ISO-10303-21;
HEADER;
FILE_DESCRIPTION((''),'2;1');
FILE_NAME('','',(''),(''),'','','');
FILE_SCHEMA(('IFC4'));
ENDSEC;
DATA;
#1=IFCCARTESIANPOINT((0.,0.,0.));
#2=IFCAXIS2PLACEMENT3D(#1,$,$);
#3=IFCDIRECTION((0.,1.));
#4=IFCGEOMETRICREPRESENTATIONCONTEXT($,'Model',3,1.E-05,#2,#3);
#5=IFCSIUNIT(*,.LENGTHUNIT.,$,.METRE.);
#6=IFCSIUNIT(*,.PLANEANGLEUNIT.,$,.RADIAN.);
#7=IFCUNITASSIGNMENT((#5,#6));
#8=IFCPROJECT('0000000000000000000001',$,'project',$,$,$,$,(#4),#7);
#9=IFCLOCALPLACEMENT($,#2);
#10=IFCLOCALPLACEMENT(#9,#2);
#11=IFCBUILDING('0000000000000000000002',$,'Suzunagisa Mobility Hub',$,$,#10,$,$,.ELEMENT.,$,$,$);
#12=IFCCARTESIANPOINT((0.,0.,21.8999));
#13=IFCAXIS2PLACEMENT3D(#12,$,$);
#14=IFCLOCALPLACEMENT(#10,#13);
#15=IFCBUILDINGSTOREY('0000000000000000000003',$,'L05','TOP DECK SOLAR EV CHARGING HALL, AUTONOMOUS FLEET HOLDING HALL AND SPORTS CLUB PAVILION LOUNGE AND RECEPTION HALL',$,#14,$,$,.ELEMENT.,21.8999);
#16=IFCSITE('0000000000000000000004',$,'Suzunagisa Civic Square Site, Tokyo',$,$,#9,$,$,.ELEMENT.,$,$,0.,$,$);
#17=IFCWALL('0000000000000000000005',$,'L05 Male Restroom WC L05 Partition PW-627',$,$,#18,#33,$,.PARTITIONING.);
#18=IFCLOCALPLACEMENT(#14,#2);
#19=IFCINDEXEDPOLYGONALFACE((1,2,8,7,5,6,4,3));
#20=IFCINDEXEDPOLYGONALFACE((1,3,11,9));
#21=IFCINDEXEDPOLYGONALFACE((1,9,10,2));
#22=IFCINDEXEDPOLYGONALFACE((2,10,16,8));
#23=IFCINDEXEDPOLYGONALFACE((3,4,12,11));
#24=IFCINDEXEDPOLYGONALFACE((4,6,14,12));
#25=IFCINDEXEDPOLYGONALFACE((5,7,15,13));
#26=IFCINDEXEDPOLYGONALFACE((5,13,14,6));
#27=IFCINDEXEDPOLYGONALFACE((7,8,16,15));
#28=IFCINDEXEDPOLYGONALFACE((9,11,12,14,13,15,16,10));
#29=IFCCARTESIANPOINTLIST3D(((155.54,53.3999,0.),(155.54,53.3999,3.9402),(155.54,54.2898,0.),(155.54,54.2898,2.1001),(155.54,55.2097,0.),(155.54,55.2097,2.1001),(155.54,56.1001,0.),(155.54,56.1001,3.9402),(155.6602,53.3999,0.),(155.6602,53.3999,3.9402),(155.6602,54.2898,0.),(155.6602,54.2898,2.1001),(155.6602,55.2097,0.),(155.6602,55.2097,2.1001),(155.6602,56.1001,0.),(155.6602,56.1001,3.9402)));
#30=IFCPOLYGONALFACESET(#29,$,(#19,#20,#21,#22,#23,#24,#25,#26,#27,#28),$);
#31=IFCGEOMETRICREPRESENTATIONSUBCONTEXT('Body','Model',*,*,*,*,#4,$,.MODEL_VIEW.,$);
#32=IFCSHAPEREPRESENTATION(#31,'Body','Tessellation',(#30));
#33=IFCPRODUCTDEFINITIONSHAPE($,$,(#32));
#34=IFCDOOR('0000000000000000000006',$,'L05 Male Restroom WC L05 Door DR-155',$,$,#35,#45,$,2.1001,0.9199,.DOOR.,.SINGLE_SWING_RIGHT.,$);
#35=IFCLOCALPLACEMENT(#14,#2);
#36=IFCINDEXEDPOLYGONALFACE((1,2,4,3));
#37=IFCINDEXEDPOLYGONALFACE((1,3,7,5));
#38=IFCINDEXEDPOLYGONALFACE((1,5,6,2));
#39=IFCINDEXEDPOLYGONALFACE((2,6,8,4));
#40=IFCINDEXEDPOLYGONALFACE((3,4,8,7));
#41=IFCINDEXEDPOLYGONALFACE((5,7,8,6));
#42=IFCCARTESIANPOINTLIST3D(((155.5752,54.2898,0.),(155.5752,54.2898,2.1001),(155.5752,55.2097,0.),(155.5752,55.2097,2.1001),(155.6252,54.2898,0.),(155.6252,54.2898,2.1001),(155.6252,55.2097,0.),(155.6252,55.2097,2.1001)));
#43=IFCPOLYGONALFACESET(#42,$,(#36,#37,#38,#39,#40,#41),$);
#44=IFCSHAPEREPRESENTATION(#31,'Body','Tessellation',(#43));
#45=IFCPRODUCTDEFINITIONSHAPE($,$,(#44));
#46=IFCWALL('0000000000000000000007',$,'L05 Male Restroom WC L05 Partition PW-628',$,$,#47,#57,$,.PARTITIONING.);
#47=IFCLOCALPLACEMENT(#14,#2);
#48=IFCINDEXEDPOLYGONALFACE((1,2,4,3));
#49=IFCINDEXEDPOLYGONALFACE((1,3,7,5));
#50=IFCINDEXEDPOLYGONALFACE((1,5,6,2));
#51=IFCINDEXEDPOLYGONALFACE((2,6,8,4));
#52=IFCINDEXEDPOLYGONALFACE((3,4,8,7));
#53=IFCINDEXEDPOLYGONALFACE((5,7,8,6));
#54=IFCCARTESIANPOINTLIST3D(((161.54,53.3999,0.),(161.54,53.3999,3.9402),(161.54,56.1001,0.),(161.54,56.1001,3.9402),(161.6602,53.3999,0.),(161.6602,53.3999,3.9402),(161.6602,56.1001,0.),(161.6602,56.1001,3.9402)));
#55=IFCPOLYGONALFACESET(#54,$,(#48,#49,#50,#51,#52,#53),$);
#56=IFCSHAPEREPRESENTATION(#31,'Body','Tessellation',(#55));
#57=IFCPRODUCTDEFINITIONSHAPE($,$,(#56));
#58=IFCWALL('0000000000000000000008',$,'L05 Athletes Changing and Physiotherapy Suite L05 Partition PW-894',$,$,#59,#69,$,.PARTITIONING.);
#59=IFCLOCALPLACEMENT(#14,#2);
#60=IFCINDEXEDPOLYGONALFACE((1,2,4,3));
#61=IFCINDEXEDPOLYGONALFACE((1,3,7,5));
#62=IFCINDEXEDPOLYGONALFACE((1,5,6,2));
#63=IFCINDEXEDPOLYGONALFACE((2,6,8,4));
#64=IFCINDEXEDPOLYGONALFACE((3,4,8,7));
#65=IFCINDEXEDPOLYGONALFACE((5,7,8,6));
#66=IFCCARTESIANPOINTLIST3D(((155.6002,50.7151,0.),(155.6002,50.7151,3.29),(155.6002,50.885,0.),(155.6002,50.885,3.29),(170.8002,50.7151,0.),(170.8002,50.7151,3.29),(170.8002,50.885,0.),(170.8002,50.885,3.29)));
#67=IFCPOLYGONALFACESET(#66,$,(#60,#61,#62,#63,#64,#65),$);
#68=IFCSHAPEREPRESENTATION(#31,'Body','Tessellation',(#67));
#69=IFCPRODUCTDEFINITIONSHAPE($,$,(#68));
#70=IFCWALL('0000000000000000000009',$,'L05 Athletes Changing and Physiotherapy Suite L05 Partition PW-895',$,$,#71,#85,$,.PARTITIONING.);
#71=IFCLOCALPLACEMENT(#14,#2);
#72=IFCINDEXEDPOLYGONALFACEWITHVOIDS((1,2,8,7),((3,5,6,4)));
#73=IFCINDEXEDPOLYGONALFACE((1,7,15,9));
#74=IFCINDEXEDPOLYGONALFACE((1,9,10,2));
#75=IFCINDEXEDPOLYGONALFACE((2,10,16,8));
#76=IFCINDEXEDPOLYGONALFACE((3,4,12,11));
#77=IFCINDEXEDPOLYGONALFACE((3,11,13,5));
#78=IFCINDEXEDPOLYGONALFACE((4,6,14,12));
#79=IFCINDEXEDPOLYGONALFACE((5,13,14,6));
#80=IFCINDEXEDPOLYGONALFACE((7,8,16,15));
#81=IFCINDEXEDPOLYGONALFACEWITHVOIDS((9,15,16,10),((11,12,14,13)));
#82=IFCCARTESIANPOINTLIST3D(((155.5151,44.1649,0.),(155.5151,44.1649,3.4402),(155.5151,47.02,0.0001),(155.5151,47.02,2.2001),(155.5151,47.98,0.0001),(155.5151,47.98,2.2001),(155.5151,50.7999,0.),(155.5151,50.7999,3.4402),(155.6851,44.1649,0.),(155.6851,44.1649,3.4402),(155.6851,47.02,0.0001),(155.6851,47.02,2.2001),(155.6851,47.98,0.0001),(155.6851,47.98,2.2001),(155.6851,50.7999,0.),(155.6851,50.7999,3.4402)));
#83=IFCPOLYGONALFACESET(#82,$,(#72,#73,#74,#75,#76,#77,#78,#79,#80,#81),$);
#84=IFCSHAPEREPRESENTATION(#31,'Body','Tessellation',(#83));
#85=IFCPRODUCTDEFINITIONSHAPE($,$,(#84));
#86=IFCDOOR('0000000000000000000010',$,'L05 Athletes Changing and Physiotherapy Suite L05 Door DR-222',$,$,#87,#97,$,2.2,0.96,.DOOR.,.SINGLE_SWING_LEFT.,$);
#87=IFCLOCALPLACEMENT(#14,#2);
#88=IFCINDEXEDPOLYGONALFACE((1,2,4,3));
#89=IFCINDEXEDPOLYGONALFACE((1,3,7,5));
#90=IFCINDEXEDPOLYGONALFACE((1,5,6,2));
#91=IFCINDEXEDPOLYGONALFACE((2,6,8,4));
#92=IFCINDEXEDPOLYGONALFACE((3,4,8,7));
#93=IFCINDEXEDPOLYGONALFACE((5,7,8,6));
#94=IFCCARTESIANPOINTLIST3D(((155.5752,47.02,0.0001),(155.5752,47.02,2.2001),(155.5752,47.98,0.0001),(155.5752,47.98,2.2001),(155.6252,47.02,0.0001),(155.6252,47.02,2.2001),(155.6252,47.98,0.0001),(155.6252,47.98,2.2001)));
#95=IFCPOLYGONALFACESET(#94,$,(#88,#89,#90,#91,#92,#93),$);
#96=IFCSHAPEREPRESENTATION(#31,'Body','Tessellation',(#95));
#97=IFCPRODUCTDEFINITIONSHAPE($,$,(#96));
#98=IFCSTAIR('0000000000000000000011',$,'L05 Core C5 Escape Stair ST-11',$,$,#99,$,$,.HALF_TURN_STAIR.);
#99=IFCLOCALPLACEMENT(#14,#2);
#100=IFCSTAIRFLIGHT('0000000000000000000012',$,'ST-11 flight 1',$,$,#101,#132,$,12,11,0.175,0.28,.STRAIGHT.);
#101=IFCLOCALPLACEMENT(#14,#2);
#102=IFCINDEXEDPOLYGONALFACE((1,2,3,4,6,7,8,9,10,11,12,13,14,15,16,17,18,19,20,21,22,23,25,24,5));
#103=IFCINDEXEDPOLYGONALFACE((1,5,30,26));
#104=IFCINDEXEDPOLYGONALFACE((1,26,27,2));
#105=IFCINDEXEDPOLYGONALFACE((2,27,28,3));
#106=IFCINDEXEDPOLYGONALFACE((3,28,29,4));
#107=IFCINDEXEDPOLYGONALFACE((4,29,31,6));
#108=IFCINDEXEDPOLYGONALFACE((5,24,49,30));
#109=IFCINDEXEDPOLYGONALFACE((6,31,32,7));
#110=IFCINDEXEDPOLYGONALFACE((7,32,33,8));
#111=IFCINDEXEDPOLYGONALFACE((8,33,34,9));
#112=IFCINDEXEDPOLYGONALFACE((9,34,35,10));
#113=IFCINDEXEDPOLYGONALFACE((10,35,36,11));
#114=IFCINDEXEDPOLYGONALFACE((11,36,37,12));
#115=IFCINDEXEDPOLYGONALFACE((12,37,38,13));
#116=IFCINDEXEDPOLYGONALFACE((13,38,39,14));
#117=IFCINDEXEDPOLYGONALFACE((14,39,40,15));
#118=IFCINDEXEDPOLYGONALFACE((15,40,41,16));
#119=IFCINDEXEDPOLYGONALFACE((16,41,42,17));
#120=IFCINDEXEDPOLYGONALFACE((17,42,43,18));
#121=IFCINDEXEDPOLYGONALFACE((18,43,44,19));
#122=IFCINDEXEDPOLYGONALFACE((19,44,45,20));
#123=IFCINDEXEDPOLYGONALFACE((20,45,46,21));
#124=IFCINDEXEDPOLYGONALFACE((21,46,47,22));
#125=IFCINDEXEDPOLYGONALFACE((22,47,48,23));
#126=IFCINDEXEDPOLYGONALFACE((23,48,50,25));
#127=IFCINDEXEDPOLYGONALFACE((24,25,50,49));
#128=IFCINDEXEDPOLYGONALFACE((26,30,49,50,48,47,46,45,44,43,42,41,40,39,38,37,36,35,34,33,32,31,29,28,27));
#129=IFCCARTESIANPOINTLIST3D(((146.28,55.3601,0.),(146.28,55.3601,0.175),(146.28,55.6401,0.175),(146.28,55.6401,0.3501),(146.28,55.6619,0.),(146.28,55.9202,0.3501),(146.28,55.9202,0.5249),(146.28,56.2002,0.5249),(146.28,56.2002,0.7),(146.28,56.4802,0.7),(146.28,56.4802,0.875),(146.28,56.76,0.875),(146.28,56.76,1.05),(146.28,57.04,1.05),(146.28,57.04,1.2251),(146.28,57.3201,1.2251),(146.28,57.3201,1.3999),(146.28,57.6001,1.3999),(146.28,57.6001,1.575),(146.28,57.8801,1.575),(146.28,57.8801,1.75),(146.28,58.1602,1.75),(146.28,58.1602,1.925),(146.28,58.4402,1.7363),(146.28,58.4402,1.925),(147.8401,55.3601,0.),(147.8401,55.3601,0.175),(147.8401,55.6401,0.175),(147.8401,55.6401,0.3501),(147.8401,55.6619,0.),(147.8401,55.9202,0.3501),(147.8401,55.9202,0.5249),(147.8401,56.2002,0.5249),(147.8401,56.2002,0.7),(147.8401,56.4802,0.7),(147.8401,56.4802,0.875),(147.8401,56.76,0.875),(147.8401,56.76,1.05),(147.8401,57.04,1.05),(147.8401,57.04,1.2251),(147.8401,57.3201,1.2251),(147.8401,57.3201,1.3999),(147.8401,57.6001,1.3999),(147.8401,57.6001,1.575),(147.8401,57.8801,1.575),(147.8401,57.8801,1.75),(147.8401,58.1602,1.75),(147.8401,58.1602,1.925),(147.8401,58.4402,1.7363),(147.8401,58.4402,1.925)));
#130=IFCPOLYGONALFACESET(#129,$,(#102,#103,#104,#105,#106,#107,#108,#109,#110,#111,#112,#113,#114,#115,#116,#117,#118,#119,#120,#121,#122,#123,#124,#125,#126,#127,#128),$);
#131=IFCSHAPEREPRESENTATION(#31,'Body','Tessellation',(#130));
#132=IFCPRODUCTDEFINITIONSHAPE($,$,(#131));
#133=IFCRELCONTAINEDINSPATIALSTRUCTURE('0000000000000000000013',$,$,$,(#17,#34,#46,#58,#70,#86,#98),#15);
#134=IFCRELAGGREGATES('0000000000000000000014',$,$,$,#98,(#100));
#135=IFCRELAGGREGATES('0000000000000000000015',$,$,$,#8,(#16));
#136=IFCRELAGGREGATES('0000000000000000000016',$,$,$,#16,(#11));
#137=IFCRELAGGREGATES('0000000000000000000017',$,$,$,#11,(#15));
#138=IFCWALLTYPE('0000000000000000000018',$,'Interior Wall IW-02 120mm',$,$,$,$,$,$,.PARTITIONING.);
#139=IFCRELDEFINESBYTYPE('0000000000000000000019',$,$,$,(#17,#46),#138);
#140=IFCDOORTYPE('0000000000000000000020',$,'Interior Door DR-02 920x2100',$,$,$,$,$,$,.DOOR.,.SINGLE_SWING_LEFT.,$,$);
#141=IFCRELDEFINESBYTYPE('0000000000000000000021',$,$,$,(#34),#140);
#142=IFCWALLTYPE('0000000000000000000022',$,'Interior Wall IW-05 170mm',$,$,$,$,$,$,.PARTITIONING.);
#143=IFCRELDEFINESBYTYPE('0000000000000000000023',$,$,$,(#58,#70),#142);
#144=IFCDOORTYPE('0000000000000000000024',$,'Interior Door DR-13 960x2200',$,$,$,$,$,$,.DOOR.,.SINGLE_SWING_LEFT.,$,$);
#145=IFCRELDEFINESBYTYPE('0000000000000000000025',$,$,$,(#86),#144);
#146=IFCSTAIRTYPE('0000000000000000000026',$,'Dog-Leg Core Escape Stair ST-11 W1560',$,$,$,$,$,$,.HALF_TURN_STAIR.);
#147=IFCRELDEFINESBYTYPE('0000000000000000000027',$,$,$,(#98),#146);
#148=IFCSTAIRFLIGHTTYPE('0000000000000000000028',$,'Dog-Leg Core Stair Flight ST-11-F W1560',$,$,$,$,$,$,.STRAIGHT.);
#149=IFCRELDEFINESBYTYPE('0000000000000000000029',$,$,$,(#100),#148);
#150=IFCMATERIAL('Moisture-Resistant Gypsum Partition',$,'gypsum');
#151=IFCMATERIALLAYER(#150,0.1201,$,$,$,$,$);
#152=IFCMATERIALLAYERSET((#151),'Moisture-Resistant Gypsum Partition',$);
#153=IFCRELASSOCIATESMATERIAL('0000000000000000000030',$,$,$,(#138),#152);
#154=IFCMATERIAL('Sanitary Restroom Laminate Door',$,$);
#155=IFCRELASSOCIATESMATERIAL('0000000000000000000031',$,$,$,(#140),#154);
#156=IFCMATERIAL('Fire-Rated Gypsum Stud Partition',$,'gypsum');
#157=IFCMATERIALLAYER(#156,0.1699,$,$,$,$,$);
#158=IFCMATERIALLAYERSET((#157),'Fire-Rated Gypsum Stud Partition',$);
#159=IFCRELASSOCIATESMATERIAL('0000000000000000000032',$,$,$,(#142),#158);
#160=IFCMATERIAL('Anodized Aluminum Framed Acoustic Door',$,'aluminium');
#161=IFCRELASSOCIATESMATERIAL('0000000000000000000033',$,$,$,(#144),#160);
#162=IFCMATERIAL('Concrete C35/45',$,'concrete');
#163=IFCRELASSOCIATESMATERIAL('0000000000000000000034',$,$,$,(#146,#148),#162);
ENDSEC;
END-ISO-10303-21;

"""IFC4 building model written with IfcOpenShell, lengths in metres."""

from ifc_helpers import new_model, si_unit, direction, frame, frame_2d, origin, place, context, subcontext, project, spatial, polyline, rectangle, outline, extrude, material, layer, layer_set, type_object, element, fill, aggregate, save


model = new_model("IFC4")

# Units and contexts
model_context = context("Model", 3, precision=1e-05, world=origin(), true_north=direction((0.0, 1.0)))
body_context = subcontext(model_context, "Body", "Model", "MODEL_VIEW")
ifc_project = project(units=[si_unit("LENGTHUNIT", "METRE"), si_unit("PLANEANGLEUNIT", "RADIAN")], contexts=[model_context])

# Site, building, storey
site_placement = place(None, origin())
site = spatial("IfcSite", under=ifc_project, at=site_placement, Name="Suzunagisa Civic Square Site, Tokyo", CompositionType="ELEMENT", RefElevation=0.0)
building_placement = place(site_placement, origin())
building = spatial("IfcBuilding", under=site, at=building_placement, Name="Suzunagisa Mobility Hub", CompositionType="ELEMENT")
storey_placement = place(building_placement, frame((0.0, 0.0, 21.8999)))
storey = spatial("IfcBuildingStorey", under=building, at=storey_placement, Name="L05", Description="TOP DECK SOLAR EV CHARGING HALL, AUTONOMOUS FLEET HOLDING HALL AND SPORTS CLUB PAVILION LOUNGE AND RECEPTION HALL", CompositionType="ELEMENT", Elevation=21.8999)

# Shared definitions
ifc_material_1 = material(Name="Concrete C35/45", Category="concrete")

# Shared definitions
ifc_material_2 = material(Name="Moisture-Resistant Gypsum Partition", Category="gypsum")
ifc_layer_1 = layer(ifc_material_2, 0.1201)
ifc_layer_set_1 = layer_set([ifc_layer_1], Name="Moisture-Resistant Gypsum Partition")
wall_type_1 = type_object("IfcWallType", Name="Interior Wall IW-02 120mm", PredefinedType="PARTITIONING", material=ifc_layer_set_1)

# Wall, opening, door
wall_1_placement = place(storey_placement, frame((155.6001, 53.3999, 0.0), z_axis=(0.0, 0.0, 1.0), x_axis=(0.0, 1.0, 0.0)))
wall_1 = element("IfcWall", 1, at=wall_1_placement, inside=storey, type_object=wall_type_1, Name="L05 Male Restroom WC L05 Partition PW-627", PredefinedType="PARTITIONING", context=body_context, shape_type="SweptSolid", body=[
    extrude(rectangle(XDim=2.7002, YDim=0.1201, at=frame_2d((1.3501, 0.0))), origin(), (0.0, 0.0, 1.0), 3.9402),
])
opening_1_placement = place(wall_1_placement, frame((0.8899, 0.0, 0.0)))
opening_1 = element("IfcOpeningElement", 2, at=opening_1_placement, cuts=wall_1, PredefinedType="OPENING", context=body_context, shape_type="SweptSolid", body=[
    extrude(rectangle(XDim=0.9199, YDim=2.1001, at=frame_2d((0.46, 1.05))), frame((0.0, 0.071, 0.0), z_axis=(0.0, -1.0, 0.0), x_axis=(1.0, 0.0, 0.0)), (0.0, 0.0, 1.0), 0.1421),
])
ifc_material_3 = material(Name="Sanitary Restroom Laminate Door")
door_type_1 = type_object("IfcDoorType", Name="Interior Door DR-02 920x2100", OperationType="SINGLE_SWING_LEFT", PredefinedType="DOOR", material=ifc_material_3)
door_1_placement = place(opening_1_placement, origin())
door_1 = element("IfcDoor", 3, at=door_1_placement, inside=storey, type_object=door_type_1, Name="L05 Male Restroom WC L05 Door DR-155", OperationType="SINGLE_SWING_RIGHT", OverallHeight=2.1001, OverallWidth=0.9199, PredefinedType="DOOR", context=body_context, shape_type="SweptSolid", body=[
    extrude(rectangle(XDim=0.9199, YDim=2.1001, at=frame_2d((0.46, 1.05))), frame((0.0, 0.0249, 0.0), z_axis=(0.0, -1.0, 0.0), x_axis=(1.0, 0.0, 0.0)), (0.0, 0.0, 1.0), 0.05),
])
fill(opening_1, door_1)

# Walls
wall_2_placement = place(storey_placement, frame((161.6001, 53.3999, 0.0), z_axis=(0.0, 0.0, 1.0), x_axis=(0.0, 1.0, 0.0)))
element("IfcWall", 4, at=wall_2_placement, inside=storey, type_object=wall_type_1, Name="L05 Male Restroom WC L05 Partition PW-628", PredefinedType="PARTITIONING", context=body_context, shape_type="SweptSolid", body=[
    extrude(rectangle(XDim=2.7002, YDim=0.1201, at=frame_2d((1.3501, 0.0))), origin(), (0.0, 0.0, 1.0), 3.9402),
])
ifc_material_4 = material(Name="Fire-Rated Gypsum Stud Partition", Category="gypsum")
ifc_layer_2 = layer(ifc_material_4, 0.1699)
ifc_layer_set_2 = layer_set([ifc_layer_2], Name="Fire-Rated Gypsum Stud Partition")
wall_type_2 = type_object("IfcWallType", Name="Interior Wall IW-05 170mm", PredefinedType="PARTITIONING", material=ifc_layer_set_2)
wall_3_placement = place(storey_placement, frame((155.6001, 50.8, 0.0), z_axis=(0.0, 0.0, 1.0), x_axis=(1.0, 0.0, 0.0)))
element("IfcWall", 5, at=wall_3_placement, inside=storey, type_object=wall_type_2, Name="L05 Athletes Changing and Physiotherapy Suite L05 Partition PW-894", PredefinedType="PARTITIONING", context=body_context, shape_type="SweptSolid", body=[
    extrude(rectangle(XDim=15.2, YDim=0.1699, at=frame_2d((7.6001, 0.0))), origin(), (0.0, 0.0, 1.0), 3.29),
])

# Wall, opening, door
wall_4_placement = place(storey_placement, frame((155.6001, 44.165, 0.0), z_axis=(0.0, 0.0, 1.0), x_axis=(0.0, 1.0, 0.0)))
wall_4 = element("IfcWall", 6, at=wall_4_placement, inside=storey, type_object=wall_type_2, Name="L05 Athletes Changing and Physiotherapy Suite L05 Partition PW-895", PredefinedType="PARTITIONING", context=body_context, shape_type="SweptSolid", body=[
    extrude(rectangle(XDim=6.635, YDim=0.1699, at=frame_2d((3.3174, 0.0))), origin(), (0.0, 0.0, 1.0), 3.4402),
])
opening_2_placement = place(wall_4_placement, frame((2.855, 0.0, 0.0)))
opening_2 = element("IfcOpeningElement", 7, at=opening_2_placement, cuts=wall_4, PredefinedType="OPENING", context=body_context, shape_type="SweptSolid", body=[
    extrude(rectangle(XDim=0.96, YDim=2.2, at=frame_2d((0.48, 1.1001))), frame((0.0, 0.0959, 0.0), z_axis=(0.0, -1.0, 0.0), x_axis=(1.0, 0.0, 0.0)), (0.0, 0.0, 1.0), 0.1919),
])
ifc_material_5 = material(Name="Anodized Aluminum Framed Acoustic Door", Category="aluminium")
door_type_2 = type_object("IfcDoorType", Name="Interior Door DR-13 960x2200", OperationType="SINGLE_SWING_LEFT", PredefinedType="DOOR", material=ifc_material_5)
door_2_placement = place(opening_2_placement, origin())
door_2 = element("IfcDoor", 8, at=door_2_placement, inside=storey, type_object=door_type_2, Name="L05 Athletes Changing and Physiotherapy Suite L05 Door DR-222", OperationType="SINGLE_SWING_LEFT", OverallHeight=2.2, OverallWidth=0.96, PredefinedType="DOOR", context=body_context, shape_type="SweptSolid", body=[
    extrude(rectangle(XDim=0.96, YDim=2.2, at=frame_2d((0.48, 1.1001))), frame((0.0, 0.0249, 0.0), z_axis=(0.0, -1.0, 0.0), x_axis=(1.0, 0.0, 0.0)), (0.0, 0.0, 1.0), 0.05),
])
fill(opening_2, door_2)

# Stair, stair flight
stair_type = type_object("IfcStairType", Name="Dog-Leg Core Escape Stair ST-11 W1560", PredefinedType="HALF_TURN_STAIR", material=ifc_material_1)
stair_placement = place(storey_placement, origin())
stair = element("IfcStair", 9, at=stair_placement, inside=storey, type_object=stair_type, Name="L05 Core C5 Escape Stair ST-11", PredefinedType="HALF_TURN_STAIR")
stair_flight_type = type_object("IfcStairFlightType", Name="Dog-Leg Core Stair Flight ST-11-F W1560", PredefinedType="STRAIGHT", material=ifc_material_1)
stair_flight_placement = place(storey_placement, frame((147.0601, 55.3601, 0.0), z_axis=(0.0, 0.0, 1.0), x_axis=(0.0, 1.0, 0.0)))
stair_flight = element("IfcStairFlight", 10, at=stair_flight_placement, type_object=stair_flight_type, Name="ST-11 flight 1", NumberOfRisers=12, NumberOfTreads=11, PredefinedType="STRAIGHT", RiserHeight=0.175, TreadLength=0.28, context=body_context, shape_type="SweptSolid", body=[
    extrude(outline(polyline([(0.0, 0.0), (0.0, 0.175), (0.28, 0.175), (0.28, 0.3501), (0.5601, 0.3501), (0.5601, 0.5249), (0.8401, 0.5249), (0.8401, 0.7), (1.1201, 0.7), (1.1201, 0.875), (1.3999, 0.875), (1.3999, 1.05), (1.6799, 1.05), (1.6799, 1.2251), (1.96, 1.2251), (1.96, 1.3999), (2.24, 1.3999), (2.24, 1.575), (2.52, 1.575), (2.52, 1.75), (2.8, 1.75), (2.8, 1.925), (3.0801, 1.925), (3.0801, 2.1001), (3.0801, 1.7363), (0.3018, 0.0), (0.0, 0.0)])), frame((0.0, 0.78, 0.0), z_axis=(0.0, -1.0, 0.0), x_axis=(1.0, 0.0, 0.0)), (0.0, 0.0, 1.0), 1.5601),
])
aggregate(stair, [stair_flight])

save(model, "model.ifc")
